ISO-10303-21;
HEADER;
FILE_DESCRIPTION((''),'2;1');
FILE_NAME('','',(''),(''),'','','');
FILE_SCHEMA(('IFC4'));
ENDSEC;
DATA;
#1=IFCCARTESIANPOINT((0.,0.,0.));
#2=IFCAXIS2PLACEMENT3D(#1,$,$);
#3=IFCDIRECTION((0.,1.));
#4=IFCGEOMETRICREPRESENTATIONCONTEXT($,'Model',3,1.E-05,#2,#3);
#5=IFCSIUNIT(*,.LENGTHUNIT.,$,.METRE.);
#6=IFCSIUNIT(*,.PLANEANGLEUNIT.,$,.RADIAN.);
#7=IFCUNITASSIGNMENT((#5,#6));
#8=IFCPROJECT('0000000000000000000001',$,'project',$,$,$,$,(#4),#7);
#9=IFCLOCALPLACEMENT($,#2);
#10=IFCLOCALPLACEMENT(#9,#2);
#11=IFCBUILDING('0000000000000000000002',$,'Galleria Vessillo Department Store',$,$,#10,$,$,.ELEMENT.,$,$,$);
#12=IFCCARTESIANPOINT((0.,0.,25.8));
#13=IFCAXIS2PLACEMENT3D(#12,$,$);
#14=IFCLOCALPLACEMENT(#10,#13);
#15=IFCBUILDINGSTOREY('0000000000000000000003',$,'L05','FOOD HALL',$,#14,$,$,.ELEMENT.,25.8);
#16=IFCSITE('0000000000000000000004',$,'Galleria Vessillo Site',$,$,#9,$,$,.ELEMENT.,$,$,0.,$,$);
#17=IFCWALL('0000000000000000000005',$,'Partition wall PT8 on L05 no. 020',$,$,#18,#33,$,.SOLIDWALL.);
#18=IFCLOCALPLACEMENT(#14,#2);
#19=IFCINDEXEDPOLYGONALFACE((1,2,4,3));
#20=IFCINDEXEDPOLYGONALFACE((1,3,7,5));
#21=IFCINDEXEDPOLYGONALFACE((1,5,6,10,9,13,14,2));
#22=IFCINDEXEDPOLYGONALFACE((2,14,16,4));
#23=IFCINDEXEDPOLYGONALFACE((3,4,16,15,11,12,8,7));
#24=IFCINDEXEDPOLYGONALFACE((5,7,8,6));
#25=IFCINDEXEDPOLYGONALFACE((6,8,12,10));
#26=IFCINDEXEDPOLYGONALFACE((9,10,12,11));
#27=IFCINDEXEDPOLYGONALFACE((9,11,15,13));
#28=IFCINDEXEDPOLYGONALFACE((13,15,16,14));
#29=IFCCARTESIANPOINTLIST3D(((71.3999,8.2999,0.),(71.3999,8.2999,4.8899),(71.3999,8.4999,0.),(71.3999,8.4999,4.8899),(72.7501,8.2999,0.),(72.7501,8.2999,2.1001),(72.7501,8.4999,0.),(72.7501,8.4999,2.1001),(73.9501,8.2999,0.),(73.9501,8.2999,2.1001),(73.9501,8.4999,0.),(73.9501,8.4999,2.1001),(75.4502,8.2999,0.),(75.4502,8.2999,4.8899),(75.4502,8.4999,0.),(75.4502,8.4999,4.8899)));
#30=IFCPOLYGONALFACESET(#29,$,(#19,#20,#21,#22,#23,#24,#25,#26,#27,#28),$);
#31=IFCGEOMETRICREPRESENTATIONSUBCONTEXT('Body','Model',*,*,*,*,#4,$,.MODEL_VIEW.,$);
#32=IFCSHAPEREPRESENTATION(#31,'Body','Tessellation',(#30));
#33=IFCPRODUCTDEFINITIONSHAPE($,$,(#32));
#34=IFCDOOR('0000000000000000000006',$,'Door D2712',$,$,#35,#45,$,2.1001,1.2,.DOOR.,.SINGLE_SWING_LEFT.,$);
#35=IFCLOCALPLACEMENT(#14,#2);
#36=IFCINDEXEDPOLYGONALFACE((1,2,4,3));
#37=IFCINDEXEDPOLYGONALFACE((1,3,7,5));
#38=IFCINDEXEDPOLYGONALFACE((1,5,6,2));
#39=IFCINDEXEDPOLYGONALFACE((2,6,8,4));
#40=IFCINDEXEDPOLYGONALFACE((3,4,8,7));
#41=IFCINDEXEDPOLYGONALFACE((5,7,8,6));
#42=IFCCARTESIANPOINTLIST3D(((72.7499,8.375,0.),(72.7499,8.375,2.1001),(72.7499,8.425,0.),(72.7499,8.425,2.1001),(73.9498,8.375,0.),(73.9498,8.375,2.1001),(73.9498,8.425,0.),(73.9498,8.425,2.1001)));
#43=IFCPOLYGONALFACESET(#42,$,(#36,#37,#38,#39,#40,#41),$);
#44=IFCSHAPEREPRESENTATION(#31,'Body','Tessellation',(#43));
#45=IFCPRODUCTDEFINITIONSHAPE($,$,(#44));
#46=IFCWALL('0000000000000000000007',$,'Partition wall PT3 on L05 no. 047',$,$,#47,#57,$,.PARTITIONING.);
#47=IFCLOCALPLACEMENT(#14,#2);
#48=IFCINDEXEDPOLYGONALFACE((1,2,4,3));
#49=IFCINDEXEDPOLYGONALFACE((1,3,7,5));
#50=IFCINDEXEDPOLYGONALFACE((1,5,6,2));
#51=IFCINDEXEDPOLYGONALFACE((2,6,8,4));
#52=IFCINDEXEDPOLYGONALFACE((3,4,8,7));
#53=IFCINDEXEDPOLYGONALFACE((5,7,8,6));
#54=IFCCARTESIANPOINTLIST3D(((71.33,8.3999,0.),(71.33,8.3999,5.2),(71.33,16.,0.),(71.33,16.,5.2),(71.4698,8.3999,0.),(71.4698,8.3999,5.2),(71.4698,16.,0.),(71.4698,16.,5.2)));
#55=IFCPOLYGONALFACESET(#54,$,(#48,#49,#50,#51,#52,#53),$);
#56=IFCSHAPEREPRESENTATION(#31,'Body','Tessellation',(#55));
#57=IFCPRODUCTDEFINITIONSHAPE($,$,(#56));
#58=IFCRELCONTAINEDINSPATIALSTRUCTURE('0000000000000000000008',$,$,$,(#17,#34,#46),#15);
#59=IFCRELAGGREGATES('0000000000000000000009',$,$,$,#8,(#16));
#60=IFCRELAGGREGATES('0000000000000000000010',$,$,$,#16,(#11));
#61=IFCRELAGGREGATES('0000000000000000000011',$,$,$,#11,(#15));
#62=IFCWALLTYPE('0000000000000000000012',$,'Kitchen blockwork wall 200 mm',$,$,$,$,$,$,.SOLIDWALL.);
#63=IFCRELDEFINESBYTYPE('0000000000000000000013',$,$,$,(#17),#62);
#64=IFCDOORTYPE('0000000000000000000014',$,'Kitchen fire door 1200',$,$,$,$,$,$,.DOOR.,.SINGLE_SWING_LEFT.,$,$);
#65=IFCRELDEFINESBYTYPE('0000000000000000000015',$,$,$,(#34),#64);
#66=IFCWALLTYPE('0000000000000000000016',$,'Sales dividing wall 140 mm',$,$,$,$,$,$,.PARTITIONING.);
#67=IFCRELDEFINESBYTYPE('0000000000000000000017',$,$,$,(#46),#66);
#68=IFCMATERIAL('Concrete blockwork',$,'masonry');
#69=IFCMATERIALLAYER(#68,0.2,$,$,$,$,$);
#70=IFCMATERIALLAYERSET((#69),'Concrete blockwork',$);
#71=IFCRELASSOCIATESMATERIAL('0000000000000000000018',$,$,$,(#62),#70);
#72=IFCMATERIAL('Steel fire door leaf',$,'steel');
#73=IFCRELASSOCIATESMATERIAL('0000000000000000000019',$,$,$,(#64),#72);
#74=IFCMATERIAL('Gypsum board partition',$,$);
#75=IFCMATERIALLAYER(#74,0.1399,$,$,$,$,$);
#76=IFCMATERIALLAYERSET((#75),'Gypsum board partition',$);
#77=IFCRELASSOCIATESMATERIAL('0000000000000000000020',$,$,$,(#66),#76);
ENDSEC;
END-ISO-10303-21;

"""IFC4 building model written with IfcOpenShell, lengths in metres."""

from ifc_helpers import new_model, si_unit, direction, frame, frame_2d, origin, place, context, subcontext, project, spatial, rectangle, extrude, material, layer, layer_set, type_object, element, fill, save


model = new_model("IFC4")

# Units and contexts
model_context = context("Model", 3, precision=1e-05, world=origin(), true_north=direction((0.0, 1.0)))
body_context = subcontext(model_context, "Body", "Model", "MODEL_VIEW")
ifc_project = project(units=[si_unit("LENGTHUNIT", "METRE"), si_unit("PLANEANGLEUNIT", "RADIAN")], contexts=[model_context])

# Site, building, storey
site_placement = place(None, origin())
site = spatial("IfcSite", under=ifc_project, at=site_placement, Name="Galleria Vessillo Site", CompositionType="ELEMENT", RefElevation=0.0)
building_placement = place(site_placement, origin())
building = spatial("IfcBuilding", under=site, at=building_placement, Name="Galleria Vessillo Department Store", CompositionType="ELEMENT")
storey_placement = place(building_placement, frame((0.0, 0.0, 25.8)))
storey = spatial("IfcBuildingStorey", under=building, at=storey_placement, Name="L05", Description="FOOD HALL", CompositionType="ELEMENT", Elevation=25.8)

# Wall, opening, door
ifc_material_1 = material(Name="Concrete blockwork", Category="masonry")
ifc_layer_1 = layer(ifc_material_1, 0.2)
ifc_layer_set_1 = layer_set([ifc_layer_1], Name="Concrete blockwork")
wall_type_1 = type_object("IfcWallType", Name="Kitchen blockwork wall 200 mm", PredefinedType="SOLIDWALL", material=ifc_layer_set_1)
ifc_material_2 = material(Name="Steel fire door leaf", Category="steel")
door_type_1 = type_object("IfcDoorType", Name="Kitchen fire door 1200", OperationType="SINGLE_SWING_LEFT", PredefinedType="DOOR", material=ifc_material_2)
wall_1_placement = place(storey_placement, frame((71.3999, 8.3999, 0.0), z_axis=(0.0, 0.0, 1.0), x_axis=(1.0, 0.0, 0.0)))
wall_1 = element("IfcWall", 1, at=wall_1_placement, inside=storey, type_object=wall_type_1, Name="Partition wall PT8 on L05 no. 020", PredefinedType="SOLIDWALL", context=body_context, shape_type="SweptSolid", body=[
    extrude(rectangle(XDim=4.0503, YDim=0.2, at=frame_2d((2.0251, 0.0))), origin(), (0.0, 0.0, 1.0), 4.8899),
])
opening_1_placement = place(wall_1_placement, frame((1.3501, 0.0, 0.0)))
opening_1 = element("IfcOpeningElement", 2, at=opening_1_placement, cuts=wall_1, PredefinedType="OPENING", context=body_context, shape_type="SweptSolid", body=[
    extrude(rectangle(XDim=1.2, YDim=2.1001, at=frame_2d((0.6001, 1.05))), frame((0.0, 0.1099, 0.0), z_axis=(0.0, -1.0, 0.0), x_axis=(1.0, 0.0, 0.0)), (0.0, 0.0, 1.0), 0.22),
])
door_1_placement = place(opening_1_placement, frame((1.2, 0.0, 0.0), z_axis=(0.0, 0.0, 1.0), x_axis=(-1.0, 0.0, 0.0)))
door_1 = element("IfcDoor", 3, at=door_1_placement, inside=storey, type_object=door_type_1, Name="Door D2712", OperationType="SINGLE_SWING_LEFT", OverallHeight=2.1001, OverallWidth=1.2, PredefinedType="DOOR", context=body_context, shape_type="SweptSolid", body=[
    extrude(rectangle(XDim=1.2, YDim=2.1001, at=frame_2d((0.6001, 1.05))), frame((0.0, 0.0249, 0.0), z_axis=(0.0, -1.0, 0.0), x_axis=(1.0, 0.0, 0.0)), (0.0, 0.0, 1.0), 0.05),
])
fill(opening_1, door_1)

# Wall
ifc_material_3 = material(Name="Gypsum board partition")
ifc_layer_2 = layer(ifc_material_3, 0.1399)
ifc_layer_set_2 = layer_set([ifc_layer_2], Name="Gypsum board partition")
wall_type_2 = type_object("IfcWallType", Name="Sales dividing wall 140 mm", PredefinedType="PARTITIONING", material=ifc_layer_set_2)
wall_2_placement = place(storey_placement, frame((71.3999, 8.3999, 0.0), z_axis=(0.0, 0.0, 1.0), x_axis=(0.0, 1.0, 0.0)))
element("IfcWall", 4, at=wall_2_placement, inside=storey, type_object=wall_type_2, Name="Partition wall PT3 on L05 no. 047", PredefinedType="PARTITIONING", context=body_context, shape_type="SweptSolid", body=[
    extrude(rectangle(XDim=7.6001, YDim=0.1399, at=frame_2d((3.8, 0.0))), origin(), (0.0, 0.0, 1.0), 5.2),
])

save(model, "model.ifc")
